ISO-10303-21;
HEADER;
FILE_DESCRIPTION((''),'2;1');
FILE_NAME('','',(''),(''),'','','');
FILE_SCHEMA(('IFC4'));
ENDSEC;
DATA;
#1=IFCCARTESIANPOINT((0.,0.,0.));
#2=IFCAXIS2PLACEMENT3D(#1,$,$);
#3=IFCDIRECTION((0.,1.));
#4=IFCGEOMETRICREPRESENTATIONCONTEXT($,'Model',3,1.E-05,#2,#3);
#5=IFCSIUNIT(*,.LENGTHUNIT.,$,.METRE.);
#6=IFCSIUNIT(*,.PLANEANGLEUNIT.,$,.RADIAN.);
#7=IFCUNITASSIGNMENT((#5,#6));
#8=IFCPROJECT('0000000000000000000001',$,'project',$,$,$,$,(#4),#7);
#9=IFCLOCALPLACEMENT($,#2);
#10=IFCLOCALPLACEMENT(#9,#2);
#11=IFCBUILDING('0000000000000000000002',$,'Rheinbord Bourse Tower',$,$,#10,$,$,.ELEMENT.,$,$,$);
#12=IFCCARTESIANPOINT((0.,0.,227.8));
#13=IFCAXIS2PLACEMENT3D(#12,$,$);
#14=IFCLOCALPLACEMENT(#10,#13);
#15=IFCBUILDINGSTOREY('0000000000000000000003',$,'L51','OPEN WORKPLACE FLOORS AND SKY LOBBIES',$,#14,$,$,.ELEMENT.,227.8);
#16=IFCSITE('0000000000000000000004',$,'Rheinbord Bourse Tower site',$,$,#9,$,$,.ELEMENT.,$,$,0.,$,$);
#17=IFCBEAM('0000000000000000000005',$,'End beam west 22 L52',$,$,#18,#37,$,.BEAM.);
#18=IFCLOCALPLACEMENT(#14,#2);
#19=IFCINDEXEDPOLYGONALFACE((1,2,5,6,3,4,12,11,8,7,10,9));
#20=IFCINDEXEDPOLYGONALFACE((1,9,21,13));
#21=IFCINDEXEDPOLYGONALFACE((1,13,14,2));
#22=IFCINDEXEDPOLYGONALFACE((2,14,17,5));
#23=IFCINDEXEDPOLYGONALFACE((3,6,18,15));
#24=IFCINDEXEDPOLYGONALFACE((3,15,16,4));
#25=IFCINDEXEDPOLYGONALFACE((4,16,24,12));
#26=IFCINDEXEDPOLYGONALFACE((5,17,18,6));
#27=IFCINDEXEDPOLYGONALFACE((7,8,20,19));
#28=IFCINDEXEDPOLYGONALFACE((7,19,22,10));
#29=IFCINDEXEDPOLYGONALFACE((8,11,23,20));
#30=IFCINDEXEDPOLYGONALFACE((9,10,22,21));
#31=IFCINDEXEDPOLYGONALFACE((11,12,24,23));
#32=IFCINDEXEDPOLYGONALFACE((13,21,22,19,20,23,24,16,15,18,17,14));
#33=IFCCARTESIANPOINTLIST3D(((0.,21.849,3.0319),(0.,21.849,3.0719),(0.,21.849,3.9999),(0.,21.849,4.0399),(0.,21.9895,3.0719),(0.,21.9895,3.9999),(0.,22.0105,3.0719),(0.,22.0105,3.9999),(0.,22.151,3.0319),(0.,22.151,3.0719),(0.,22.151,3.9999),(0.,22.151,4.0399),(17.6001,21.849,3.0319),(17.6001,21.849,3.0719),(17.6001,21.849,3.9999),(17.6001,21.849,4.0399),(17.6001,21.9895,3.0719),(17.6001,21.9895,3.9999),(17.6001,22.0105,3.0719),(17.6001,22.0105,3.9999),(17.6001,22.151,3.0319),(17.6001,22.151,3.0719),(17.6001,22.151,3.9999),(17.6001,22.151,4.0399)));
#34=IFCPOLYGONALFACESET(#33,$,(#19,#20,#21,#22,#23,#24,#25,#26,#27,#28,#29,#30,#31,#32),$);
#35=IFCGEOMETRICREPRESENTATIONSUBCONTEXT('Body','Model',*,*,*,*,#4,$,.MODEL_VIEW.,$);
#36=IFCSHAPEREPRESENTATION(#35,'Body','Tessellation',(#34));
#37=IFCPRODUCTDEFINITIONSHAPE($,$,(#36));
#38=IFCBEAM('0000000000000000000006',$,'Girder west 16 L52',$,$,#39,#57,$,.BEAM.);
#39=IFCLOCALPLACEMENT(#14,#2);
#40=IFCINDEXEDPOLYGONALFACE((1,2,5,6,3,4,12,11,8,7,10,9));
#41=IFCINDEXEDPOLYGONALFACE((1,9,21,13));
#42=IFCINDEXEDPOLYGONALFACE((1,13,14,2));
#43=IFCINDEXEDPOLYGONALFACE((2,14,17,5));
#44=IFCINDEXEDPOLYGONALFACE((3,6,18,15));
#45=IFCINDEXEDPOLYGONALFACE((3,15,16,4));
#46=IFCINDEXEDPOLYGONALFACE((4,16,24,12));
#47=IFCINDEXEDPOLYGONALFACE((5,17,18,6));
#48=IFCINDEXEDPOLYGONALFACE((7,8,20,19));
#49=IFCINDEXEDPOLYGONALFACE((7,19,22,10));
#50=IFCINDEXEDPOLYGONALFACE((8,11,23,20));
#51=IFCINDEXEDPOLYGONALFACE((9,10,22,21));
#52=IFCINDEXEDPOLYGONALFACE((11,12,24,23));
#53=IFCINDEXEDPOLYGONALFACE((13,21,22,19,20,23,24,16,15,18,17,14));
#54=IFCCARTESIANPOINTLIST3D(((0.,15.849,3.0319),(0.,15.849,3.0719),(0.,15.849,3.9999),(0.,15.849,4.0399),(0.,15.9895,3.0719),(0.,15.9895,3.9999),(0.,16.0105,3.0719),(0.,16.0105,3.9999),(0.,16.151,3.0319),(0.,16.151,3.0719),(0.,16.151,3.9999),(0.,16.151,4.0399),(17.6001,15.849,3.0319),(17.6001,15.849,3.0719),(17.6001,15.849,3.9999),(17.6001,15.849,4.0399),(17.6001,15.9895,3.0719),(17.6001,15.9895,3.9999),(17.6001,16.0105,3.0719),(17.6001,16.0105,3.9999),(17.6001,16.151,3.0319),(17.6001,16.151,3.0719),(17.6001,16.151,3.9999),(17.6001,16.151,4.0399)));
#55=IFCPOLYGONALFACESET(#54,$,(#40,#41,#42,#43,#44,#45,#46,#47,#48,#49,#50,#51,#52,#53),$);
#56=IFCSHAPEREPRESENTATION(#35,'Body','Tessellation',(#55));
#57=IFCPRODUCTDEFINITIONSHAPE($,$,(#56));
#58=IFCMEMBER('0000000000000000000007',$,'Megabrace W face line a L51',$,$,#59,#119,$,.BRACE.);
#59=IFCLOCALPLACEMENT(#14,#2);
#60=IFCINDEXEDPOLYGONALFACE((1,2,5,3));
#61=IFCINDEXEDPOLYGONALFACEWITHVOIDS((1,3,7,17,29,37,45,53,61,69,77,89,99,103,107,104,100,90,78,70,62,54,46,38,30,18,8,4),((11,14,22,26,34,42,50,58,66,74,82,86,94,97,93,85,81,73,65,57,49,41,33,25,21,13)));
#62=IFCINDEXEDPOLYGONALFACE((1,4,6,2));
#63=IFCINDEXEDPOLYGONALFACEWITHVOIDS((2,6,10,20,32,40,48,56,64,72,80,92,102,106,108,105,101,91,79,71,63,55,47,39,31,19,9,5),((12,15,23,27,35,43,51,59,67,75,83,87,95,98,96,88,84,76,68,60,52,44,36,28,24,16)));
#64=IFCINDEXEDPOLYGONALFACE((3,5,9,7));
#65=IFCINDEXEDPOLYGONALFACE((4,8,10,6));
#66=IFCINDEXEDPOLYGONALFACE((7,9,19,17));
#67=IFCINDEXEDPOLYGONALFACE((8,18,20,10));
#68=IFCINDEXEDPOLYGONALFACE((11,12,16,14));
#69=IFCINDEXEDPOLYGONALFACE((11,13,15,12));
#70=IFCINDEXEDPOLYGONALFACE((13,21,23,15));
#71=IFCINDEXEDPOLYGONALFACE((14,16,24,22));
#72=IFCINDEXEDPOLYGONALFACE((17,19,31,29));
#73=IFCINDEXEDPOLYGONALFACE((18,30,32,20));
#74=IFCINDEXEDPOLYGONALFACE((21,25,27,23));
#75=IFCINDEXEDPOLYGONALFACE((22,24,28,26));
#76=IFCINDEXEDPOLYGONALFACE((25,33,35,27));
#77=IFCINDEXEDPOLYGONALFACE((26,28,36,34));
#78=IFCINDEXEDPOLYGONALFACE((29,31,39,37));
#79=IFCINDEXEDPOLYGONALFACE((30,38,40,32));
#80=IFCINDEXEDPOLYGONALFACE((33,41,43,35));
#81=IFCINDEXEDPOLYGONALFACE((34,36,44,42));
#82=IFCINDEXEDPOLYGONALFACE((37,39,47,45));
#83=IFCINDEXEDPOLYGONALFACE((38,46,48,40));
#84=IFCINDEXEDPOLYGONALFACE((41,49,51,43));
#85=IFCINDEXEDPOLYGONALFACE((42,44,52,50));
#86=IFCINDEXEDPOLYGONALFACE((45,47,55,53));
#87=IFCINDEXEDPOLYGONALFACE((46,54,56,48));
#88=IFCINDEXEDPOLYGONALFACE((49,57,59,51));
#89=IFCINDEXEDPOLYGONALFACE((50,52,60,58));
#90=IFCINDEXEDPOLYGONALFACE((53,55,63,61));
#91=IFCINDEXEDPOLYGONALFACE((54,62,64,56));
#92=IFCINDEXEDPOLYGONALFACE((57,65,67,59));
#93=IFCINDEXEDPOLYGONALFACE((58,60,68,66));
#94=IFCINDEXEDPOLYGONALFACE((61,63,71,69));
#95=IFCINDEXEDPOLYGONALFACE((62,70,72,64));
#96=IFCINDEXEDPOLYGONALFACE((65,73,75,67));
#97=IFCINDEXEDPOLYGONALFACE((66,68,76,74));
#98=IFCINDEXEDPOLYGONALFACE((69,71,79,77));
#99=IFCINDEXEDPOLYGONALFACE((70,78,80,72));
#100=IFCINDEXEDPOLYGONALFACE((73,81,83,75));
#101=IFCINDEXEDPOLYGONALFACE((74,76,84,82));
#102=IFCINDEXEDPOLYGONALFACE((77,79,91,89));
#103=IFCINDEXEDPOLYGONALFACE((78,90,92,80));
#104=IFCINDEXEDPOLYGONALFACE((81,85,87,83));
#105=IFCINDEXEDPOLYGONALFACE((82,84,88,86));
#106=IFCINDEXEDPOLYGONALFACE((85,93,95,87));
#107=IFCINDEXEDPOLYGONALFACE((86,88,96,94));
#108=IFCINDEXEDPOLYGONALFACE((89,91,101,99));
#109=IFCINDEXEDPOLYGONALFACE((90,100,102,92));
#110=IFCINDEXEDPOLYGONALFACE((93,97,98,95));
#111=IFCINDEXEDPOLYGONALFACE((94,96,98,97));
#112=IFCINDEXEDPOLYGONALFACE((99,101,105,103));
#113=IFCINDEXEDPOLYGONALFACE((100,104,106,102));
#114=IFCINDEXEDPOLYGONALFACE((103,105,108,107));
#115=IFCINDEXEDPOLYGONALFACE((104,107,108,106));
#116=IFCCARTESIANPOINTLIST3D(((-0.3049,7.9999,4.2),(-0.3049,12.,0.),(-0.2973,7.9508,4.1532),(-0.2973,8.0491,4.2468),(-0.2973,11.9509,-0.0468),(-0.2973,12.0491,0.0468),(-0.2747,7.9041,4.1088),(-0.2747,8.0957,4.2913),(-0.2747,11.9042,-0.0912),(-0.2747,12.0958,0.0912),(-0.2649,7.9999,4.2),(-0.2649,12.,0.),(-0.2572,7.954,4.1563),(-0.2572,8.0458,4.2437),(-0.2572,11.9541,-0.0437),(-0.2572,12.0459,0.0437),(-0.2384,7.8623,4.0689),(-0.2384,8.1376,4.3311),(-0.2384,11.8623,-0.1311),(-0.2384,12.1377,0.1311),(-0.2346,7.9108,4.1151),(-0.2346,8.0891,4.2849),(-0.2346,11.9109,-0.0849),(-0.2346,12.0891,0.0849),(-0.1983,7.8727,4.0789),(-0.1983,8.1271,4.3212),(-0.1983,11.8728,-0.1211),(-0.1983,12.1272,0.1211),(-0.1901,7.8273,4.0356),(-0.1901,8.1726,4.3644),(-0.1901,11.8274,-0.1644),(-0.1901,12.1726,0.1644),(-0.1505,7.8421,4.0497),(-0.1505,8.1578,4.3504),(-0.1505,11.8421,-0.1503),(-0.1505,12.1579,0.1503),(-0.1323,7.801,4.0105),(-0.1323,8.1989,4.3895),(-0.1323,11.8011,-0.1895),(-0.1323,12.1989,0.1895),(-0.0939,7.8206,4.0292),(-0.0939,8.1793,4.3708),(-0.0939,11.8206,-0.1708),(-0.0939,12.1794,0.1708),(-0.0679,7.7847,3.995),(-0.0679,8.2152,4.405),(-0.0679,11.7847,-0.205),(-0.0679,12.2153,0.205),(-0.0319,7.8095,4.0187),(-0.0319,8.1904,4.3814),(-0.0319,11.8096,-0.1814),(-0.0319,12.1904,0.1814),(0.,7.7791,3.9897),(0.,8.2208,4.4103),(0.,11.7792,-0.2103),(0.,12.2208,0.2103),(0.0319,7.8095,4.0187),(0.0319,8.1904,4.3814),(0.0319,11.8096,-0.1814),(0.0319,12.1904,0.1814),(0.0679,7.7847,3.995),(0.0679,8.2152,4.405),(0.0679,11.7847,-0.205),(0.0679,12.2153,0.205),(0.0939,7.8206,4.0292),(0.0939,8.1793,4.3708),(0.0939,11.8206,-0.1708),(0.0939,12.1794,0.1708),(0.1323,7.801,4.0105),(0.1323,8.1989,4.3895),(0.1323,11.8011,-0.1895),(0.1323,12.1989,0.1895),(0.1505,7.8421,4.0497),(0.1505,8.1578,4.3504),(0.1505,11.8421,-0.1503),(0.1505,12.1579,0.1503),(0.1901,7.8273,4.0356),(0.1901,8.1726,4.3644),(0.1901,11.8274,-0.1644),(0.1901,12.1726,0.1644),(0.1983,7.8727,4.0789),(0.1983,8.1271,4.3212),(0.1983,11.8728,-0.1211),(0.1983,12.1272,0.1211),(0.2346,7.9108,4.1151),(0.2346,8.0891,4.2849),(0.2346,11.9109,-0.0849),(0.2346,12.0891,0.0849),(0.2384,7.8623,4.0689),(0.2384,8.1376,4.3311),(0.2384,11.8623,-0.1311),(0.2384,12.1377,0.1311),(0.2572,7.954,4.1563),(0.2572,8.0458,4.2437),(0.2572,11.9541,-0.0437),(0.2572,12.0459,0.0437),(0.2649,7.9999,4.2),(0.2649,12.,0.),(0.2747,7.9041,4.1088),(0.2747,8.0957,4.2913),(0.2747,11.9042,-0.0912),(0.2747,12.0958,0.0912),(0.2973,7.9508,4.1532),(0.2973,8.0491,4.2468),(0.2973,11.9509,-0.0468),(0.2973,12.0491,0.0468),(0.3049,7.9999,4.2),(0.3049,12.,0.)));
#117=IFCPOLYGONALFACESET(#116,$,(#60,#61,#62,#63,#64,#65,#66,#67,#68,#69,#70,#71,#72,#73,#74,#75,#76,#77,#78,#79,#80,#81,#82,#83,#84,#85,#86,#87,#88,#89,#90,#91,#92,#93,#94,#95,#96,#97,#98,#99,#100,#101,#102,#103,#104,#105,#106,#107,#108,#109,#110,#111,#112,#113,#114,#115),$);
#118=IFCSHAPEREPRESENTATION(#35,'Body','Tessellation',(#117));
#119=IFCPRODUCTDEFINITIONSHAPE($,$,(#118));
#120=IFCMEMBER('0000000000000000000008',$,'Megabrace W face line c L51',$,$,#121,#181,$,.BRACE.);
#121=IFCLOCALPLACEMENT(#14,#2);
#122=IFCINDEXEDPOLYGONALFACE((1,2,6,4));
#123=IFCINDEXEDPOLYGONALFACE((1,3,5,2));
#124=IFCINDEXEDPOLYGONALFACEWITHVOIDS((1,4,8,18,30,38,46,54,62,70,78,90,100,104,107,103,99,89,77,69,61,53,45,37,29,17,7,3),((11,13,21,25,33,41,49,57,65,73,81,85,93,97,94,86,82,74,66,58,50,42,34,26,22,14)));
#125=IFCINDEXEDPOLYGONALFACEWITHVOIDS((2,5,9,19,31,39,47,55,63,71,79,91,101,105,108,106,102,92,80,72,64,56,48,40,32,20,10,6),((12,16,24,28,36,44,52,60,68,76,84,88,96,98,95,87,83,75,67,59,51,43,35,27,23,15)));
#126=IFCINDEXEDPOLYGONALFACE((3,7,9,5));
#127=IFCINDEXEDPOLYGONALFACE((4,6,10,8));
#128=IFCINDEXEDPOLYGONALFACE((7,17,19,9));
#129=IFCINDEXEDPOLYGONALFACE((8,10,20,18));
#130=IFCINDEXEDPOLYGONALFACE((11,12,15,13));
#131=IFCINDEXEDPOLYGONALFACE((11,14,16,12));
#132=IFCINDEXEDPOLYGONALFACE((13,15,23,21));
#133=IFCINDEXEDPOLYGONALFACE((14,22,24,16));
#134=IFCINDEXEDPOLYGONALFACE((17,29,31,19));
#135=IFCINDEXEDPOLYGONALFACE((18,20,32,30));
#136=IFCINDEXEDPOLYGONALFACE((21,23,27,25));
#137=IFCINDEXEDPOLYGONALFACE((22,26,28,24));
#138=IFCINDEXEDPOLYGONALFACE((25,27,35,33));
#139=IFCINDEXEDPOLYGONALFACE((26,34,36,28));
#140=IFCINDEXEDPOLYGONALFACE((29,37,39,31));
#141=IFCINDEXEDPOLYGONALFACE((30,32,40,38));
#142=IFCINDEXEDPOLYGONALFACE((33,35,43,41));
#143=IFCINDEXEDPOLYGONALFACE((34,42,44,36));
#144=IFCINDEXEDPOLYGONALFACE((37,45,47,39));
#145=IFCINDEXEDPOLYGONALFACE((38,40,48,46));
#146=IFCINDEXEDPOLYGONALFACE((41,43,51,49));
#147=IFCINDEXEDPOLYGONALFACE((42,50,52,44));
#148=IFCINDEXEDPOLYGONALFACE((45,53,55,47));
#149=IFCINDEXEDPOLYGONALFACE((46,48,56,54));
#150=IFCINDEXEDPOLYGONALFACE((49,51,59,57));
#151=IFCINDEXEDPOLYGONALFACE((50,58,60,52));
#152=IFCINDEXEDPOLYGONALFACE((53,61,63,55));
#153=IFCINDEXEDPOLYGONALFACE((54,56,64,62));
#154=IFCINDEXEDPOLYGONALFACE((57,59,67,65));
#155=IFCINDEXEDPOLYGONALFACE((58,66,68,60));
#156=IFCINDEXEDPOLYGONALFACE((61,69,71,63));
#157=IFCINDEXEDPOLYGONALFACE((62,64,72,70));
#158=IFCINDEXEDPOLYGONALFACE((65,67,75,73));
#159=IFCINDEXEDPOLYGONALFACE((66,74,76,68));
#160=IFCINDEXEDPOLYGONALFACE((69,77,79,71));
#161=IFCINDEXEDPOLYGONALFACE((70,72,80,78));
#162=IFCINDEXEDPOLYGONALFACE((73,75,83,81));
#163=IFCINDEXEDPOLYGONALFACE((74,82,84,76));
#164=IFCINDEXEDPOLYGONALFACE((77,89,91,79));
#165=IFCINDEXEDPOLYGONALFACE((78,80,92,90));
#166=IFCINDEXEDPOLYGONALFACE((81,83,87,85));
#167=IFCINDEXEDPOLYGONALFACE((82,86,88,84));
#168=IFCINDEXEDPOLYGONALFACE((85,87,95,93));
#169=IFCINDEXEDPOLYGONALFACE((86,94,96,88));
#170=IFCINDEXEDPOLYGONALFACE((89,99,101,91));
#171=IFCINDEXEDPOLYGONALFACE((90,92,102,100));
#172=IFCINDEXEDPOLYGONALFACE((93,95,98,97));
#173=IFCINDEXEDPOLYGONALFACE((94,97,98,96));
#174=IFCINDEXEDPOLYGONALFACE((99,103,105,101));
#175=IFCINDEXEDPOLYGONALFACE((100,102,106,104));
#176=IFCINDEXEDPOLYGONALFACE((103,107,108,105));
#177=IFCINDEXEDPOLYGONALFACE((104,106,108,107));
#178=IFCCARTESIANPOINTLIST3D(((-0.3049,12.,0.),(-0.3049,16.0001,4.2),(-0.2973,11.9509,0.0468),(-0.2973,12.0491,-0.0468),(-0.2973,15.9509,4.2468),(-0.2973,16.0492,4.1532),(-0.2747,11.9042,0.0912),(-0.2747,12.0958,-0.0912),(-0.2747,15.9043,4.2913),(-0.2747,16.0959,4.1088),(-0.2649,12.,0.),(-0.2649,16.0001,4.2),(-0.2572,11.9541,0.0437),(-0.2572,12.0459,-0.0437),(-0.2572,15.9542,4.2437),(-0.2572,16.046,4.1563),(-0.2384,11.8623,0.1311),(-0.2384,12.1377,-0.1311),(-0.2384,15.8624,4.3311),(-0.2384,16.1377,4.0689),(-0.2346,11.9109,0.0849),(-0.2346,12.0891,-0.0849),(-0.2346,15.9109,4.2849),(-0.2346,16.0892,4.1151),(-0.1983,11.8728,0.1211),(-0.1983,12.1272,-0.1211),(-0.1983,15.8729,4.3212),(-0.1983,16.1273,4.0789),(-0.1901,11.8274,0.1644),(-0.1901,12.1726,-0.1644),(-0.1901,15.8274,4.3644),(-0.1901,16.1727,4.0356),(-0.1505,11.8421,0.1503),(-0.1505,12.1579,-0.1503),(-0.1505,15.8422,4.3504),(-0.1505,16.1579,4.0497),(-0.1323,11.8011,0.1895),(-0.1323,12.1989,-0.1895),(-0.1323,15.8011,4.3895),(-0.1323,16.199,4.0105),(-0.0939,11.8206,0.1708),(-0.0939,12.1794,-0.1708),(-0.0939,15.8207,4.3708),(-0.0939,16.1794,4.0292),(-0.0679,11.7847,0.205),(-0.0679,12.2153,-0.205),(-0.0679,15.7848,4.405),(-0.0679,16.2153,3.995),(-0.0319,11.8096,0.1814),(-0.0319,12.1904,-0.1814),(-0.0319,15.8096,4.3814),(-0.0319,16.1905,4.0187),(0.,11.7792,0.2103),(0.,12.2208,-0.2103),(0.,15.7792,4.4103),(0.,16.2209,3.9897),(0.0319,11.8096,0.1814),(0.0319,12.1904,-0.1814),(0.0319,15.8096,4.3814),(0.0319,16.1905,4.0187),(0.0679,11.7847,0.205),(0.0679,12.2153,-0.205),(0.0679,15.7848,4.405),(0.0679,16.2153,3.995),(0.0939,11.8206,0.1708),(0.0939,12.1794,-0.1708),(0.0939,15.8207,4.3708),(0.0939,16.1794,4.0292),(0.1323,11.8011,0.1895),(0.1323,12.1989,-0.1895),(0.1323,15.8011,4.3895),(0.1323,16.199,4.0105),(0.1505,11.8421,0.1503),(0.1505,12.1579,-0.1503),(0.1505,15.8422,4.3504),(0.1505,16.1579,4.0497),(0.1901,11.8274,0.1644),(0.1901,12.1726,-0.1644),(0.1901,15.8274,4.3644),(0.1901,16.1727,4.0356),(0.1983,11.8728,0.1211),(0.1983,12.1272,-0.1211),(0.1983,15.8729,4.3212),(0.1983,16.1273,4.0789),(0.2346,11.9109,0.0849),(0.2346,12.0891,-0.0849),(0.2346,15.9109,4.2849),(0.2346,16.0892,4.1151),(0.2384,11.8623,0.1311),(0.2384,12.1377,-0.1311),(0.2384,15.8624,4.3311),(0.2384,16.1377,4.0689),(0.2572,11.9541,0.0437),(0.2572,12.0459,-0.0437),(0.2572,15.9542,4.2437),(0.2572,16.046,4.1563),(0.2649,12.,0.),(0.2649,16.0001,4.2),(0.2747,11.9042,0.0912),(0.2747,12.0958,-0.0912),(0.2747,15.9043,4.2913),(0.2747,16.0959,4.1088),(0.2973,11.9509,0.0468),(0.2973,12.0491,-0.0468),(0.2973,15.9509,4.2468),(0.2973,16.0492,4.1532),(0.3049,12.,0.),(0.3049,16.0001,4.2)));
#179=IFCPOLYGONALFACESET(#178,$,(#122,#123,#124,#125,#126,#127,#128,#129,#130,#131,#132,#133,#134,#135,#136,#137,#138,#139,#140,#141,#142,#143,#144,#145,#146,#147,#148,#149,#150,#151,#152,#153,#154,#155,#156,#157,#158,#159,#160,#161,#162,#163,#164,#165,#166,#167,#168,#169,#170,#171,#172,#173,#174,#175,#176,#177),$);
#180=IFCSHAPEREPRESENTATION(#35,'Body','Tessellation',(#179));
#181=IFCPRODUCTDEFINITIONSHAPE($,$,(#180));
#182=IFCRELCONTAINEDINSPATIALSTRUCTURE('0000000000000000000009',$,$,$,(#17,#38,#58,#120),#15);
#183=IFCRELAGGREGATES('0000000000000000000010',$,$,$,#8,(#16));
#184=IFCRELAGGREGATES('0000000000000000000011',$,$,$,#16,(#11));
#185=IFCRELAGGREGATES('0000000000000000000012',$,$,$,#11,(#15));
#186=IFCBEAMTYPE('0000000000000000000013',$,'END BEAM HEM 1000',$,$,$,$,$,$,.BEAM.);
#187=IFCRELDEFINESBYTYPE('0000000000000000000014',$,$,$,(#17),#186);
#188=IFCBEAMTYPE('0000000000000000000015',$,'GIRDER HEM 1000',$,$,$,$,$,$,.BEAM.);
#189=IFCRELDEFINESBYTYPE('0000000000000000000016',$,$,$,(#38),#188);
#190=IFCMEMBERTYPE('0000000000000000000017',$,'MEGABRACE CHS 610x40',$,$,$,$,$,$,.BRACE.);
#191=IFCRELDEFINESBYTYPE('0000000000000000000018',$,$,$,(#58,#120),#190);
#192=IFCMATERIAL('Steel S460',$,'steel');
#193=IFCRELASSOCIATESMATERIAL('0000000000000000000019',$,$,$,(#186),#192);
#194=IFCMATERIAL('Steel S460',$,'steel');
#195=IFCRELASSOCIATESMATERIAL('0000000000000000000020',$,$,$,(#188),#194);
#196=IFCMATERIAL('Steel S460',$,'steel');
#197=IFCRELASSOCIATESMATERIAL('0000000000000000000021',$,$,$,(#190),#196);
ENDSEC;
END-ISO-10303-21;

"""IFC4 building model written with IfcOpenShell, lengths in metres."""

from ifc_helpers import new_model, si_unit, direction, frame, origin, origin_2d, place, context, subcontext, project, spatial, hollow_circle, i_section, extrude, material, material_profile, profile_set, type_object, element, save


model = new_model("IFC4")

# Units and contexts
model_context = context("Model", 3, precision=1e-05, world=origin(), true_north=direction((0.0, 1.0)))
body_context = subcontext(model_context, "Body", "Model", "MODEL_VIEW")
ifc_project = project(units=[si_unit("LENGTHUNIT", "METRE"), si_unit("PLANEANGLEUNIT", "RADIAN")], contexts=[model_context])

# Site, building, storey
site_placement = place(None, origin())
site = spatial("IfcSite", under=ifc_project, at=site_placement, Name="Rheinbord Bourse Tower site", CompositionType="ELEMENT", RefElevation=0.0)
building_placement = place(site_placement, origin())
building = spatial("IfcBuilding", under=site, at=building_placement, Name="Rheinbord Bourse Tower", CompositionType="ELEMENT")
storey_placement = place(building_placement, frame((0.0, 0.0, 227.8)))
storey = spatial("IfcBuildingStorey", under=building, at=storey_placement, Name="L51", Description="OPEN WORKPLACE FLOORS AND SKY LOBBIES", CompositionType="ELEMENT", Elevation=227.8)

# Beams
ifc_material_1 = material(Name="Steel S460", Category="steel")
ifc_material_profile_1 = material_profile(ifc_material_1, i_section(OverallWidth=0.302, OverallDepth=1.0081, WebThickness=0.021, FlangeThickness=0.04, at=origin_2d()), Name="HEM 1000")
ifc_profile_set_1 = profile_set([ifc_material_profile_1], Name="Steel S460")
beam_type_1 = type_object("IfcBeamType", Name="END BEAM HEM 1000", PredefinedType="BEAM", material=ifc_profile_set_1)
for number, where, z_axis, x_axis, name in (
    (1, (0.0, 22.0, 3.5359), (1.0, 0.0, 0.0), (0.0, 1.0, 0.0), "End beam west 22 L52"),
):
    element("IfcBeam", number, at=place(storey_placement, frame(where, z_axis=z_axis, x_axis=x_axis)), inside=storey, type_object=beam_type_1, Name=name, PredefinedType="BEAM", context=body_context, shape_type="SweptSolid", body=[
        extrude(i_section(OverallWidth=0.302, OverallDepth=1.0081, WebThickness=0.021, FlangeThickness=0.04, at=origin_2d()), origin(), (0.0, 0.0, 1.0), 17.6001),
    ])
ifc_material_2 = material(Name="Steel S460", Category="steel")
ifc_material_profile_2 = material_profile(ifc_material_2, i_section(OverallWidth=0.302, OverallDepth=1.0081, WebThickness=0.021, FlangeThickness=0.04, at=origin_2d()), Name="HEM 1000")
ifc_profile_set_2 = profile_set([ifc_material_profile_2], Name="Steel S460")
beam_type_2 = type_object("IfcBeamType", Name="GIRDER HEM 1000", PredefinedType="BEAM", material=ifc_profile_set_2)
beam_1_placement = place(storey_placement, frame((0.0, 16.0, 3.5359), z_axis=(1.0, 0.0, 0.0), x_axis=(0.0, 1.0, 0.0)))
element("IfcBeam", 2, at=beam_1_placement, inside=storey, type_object=beam_type_2, Name="Girder west 16 L52", PredefinedType="BEAM", context=body_context, shape_type="SweptSolid", body=[
    extrude(i_section(OverallWidth=0.302, OverallDepth=1.0081, WebThickness=0.021, FlangeThickness=0.04, at=origin_2d()), origin(), (0.0, 0.0, 1.0), 17.6001),
])

# Members
ifc_material_3 = material(Name="Steel S460", Category="steel")
ifc_material_profile_3 = material_profile(ifc_material_3, hollow_circle(Radius=0.3049, WallThickness=0.04, at=origin_2d()), Name="CHS 610x40")
ifc_profile_set_3 = profile_set([ifc_material_profile_3], Name="Steel S460")
member_type_1 = type_object("IfcMemberType", Name="MEGABRACE CHS 610x40", PredefinedType="BRACE", material=ifc_profile_set_3)
for number, where, z_axis, x_axis, name in (
    (3, (0.0, 12.0, 0.0), (0.0, -0.689659, 0.724134), (1.0, 0.0, 0.0), "Megabrace W face line a L51"),
    (4, (0.0, 12.0, 0.0), (0.0, 0.689659, 0.724134), (-1.0, 0.0, 0.0), "Megabrace W face line c L51"),
):
    element("IfcMember", number, at=place(storey_placement, frame(where, z_axis=z_axis, x_axis=x_axis)), inside=storey, type_object=member_type_1, Name=name, PredefinedType="BRACE", context=body_context, shape_type="SweptSolid", body=[
        extrude(hollow_circle(Radius=0.3049, WallThickness=0.04, at=origin_2d()), origin(), (0.0, 0.0, 1.0), 5.8),
    ])

save(model, "model.ifc")
